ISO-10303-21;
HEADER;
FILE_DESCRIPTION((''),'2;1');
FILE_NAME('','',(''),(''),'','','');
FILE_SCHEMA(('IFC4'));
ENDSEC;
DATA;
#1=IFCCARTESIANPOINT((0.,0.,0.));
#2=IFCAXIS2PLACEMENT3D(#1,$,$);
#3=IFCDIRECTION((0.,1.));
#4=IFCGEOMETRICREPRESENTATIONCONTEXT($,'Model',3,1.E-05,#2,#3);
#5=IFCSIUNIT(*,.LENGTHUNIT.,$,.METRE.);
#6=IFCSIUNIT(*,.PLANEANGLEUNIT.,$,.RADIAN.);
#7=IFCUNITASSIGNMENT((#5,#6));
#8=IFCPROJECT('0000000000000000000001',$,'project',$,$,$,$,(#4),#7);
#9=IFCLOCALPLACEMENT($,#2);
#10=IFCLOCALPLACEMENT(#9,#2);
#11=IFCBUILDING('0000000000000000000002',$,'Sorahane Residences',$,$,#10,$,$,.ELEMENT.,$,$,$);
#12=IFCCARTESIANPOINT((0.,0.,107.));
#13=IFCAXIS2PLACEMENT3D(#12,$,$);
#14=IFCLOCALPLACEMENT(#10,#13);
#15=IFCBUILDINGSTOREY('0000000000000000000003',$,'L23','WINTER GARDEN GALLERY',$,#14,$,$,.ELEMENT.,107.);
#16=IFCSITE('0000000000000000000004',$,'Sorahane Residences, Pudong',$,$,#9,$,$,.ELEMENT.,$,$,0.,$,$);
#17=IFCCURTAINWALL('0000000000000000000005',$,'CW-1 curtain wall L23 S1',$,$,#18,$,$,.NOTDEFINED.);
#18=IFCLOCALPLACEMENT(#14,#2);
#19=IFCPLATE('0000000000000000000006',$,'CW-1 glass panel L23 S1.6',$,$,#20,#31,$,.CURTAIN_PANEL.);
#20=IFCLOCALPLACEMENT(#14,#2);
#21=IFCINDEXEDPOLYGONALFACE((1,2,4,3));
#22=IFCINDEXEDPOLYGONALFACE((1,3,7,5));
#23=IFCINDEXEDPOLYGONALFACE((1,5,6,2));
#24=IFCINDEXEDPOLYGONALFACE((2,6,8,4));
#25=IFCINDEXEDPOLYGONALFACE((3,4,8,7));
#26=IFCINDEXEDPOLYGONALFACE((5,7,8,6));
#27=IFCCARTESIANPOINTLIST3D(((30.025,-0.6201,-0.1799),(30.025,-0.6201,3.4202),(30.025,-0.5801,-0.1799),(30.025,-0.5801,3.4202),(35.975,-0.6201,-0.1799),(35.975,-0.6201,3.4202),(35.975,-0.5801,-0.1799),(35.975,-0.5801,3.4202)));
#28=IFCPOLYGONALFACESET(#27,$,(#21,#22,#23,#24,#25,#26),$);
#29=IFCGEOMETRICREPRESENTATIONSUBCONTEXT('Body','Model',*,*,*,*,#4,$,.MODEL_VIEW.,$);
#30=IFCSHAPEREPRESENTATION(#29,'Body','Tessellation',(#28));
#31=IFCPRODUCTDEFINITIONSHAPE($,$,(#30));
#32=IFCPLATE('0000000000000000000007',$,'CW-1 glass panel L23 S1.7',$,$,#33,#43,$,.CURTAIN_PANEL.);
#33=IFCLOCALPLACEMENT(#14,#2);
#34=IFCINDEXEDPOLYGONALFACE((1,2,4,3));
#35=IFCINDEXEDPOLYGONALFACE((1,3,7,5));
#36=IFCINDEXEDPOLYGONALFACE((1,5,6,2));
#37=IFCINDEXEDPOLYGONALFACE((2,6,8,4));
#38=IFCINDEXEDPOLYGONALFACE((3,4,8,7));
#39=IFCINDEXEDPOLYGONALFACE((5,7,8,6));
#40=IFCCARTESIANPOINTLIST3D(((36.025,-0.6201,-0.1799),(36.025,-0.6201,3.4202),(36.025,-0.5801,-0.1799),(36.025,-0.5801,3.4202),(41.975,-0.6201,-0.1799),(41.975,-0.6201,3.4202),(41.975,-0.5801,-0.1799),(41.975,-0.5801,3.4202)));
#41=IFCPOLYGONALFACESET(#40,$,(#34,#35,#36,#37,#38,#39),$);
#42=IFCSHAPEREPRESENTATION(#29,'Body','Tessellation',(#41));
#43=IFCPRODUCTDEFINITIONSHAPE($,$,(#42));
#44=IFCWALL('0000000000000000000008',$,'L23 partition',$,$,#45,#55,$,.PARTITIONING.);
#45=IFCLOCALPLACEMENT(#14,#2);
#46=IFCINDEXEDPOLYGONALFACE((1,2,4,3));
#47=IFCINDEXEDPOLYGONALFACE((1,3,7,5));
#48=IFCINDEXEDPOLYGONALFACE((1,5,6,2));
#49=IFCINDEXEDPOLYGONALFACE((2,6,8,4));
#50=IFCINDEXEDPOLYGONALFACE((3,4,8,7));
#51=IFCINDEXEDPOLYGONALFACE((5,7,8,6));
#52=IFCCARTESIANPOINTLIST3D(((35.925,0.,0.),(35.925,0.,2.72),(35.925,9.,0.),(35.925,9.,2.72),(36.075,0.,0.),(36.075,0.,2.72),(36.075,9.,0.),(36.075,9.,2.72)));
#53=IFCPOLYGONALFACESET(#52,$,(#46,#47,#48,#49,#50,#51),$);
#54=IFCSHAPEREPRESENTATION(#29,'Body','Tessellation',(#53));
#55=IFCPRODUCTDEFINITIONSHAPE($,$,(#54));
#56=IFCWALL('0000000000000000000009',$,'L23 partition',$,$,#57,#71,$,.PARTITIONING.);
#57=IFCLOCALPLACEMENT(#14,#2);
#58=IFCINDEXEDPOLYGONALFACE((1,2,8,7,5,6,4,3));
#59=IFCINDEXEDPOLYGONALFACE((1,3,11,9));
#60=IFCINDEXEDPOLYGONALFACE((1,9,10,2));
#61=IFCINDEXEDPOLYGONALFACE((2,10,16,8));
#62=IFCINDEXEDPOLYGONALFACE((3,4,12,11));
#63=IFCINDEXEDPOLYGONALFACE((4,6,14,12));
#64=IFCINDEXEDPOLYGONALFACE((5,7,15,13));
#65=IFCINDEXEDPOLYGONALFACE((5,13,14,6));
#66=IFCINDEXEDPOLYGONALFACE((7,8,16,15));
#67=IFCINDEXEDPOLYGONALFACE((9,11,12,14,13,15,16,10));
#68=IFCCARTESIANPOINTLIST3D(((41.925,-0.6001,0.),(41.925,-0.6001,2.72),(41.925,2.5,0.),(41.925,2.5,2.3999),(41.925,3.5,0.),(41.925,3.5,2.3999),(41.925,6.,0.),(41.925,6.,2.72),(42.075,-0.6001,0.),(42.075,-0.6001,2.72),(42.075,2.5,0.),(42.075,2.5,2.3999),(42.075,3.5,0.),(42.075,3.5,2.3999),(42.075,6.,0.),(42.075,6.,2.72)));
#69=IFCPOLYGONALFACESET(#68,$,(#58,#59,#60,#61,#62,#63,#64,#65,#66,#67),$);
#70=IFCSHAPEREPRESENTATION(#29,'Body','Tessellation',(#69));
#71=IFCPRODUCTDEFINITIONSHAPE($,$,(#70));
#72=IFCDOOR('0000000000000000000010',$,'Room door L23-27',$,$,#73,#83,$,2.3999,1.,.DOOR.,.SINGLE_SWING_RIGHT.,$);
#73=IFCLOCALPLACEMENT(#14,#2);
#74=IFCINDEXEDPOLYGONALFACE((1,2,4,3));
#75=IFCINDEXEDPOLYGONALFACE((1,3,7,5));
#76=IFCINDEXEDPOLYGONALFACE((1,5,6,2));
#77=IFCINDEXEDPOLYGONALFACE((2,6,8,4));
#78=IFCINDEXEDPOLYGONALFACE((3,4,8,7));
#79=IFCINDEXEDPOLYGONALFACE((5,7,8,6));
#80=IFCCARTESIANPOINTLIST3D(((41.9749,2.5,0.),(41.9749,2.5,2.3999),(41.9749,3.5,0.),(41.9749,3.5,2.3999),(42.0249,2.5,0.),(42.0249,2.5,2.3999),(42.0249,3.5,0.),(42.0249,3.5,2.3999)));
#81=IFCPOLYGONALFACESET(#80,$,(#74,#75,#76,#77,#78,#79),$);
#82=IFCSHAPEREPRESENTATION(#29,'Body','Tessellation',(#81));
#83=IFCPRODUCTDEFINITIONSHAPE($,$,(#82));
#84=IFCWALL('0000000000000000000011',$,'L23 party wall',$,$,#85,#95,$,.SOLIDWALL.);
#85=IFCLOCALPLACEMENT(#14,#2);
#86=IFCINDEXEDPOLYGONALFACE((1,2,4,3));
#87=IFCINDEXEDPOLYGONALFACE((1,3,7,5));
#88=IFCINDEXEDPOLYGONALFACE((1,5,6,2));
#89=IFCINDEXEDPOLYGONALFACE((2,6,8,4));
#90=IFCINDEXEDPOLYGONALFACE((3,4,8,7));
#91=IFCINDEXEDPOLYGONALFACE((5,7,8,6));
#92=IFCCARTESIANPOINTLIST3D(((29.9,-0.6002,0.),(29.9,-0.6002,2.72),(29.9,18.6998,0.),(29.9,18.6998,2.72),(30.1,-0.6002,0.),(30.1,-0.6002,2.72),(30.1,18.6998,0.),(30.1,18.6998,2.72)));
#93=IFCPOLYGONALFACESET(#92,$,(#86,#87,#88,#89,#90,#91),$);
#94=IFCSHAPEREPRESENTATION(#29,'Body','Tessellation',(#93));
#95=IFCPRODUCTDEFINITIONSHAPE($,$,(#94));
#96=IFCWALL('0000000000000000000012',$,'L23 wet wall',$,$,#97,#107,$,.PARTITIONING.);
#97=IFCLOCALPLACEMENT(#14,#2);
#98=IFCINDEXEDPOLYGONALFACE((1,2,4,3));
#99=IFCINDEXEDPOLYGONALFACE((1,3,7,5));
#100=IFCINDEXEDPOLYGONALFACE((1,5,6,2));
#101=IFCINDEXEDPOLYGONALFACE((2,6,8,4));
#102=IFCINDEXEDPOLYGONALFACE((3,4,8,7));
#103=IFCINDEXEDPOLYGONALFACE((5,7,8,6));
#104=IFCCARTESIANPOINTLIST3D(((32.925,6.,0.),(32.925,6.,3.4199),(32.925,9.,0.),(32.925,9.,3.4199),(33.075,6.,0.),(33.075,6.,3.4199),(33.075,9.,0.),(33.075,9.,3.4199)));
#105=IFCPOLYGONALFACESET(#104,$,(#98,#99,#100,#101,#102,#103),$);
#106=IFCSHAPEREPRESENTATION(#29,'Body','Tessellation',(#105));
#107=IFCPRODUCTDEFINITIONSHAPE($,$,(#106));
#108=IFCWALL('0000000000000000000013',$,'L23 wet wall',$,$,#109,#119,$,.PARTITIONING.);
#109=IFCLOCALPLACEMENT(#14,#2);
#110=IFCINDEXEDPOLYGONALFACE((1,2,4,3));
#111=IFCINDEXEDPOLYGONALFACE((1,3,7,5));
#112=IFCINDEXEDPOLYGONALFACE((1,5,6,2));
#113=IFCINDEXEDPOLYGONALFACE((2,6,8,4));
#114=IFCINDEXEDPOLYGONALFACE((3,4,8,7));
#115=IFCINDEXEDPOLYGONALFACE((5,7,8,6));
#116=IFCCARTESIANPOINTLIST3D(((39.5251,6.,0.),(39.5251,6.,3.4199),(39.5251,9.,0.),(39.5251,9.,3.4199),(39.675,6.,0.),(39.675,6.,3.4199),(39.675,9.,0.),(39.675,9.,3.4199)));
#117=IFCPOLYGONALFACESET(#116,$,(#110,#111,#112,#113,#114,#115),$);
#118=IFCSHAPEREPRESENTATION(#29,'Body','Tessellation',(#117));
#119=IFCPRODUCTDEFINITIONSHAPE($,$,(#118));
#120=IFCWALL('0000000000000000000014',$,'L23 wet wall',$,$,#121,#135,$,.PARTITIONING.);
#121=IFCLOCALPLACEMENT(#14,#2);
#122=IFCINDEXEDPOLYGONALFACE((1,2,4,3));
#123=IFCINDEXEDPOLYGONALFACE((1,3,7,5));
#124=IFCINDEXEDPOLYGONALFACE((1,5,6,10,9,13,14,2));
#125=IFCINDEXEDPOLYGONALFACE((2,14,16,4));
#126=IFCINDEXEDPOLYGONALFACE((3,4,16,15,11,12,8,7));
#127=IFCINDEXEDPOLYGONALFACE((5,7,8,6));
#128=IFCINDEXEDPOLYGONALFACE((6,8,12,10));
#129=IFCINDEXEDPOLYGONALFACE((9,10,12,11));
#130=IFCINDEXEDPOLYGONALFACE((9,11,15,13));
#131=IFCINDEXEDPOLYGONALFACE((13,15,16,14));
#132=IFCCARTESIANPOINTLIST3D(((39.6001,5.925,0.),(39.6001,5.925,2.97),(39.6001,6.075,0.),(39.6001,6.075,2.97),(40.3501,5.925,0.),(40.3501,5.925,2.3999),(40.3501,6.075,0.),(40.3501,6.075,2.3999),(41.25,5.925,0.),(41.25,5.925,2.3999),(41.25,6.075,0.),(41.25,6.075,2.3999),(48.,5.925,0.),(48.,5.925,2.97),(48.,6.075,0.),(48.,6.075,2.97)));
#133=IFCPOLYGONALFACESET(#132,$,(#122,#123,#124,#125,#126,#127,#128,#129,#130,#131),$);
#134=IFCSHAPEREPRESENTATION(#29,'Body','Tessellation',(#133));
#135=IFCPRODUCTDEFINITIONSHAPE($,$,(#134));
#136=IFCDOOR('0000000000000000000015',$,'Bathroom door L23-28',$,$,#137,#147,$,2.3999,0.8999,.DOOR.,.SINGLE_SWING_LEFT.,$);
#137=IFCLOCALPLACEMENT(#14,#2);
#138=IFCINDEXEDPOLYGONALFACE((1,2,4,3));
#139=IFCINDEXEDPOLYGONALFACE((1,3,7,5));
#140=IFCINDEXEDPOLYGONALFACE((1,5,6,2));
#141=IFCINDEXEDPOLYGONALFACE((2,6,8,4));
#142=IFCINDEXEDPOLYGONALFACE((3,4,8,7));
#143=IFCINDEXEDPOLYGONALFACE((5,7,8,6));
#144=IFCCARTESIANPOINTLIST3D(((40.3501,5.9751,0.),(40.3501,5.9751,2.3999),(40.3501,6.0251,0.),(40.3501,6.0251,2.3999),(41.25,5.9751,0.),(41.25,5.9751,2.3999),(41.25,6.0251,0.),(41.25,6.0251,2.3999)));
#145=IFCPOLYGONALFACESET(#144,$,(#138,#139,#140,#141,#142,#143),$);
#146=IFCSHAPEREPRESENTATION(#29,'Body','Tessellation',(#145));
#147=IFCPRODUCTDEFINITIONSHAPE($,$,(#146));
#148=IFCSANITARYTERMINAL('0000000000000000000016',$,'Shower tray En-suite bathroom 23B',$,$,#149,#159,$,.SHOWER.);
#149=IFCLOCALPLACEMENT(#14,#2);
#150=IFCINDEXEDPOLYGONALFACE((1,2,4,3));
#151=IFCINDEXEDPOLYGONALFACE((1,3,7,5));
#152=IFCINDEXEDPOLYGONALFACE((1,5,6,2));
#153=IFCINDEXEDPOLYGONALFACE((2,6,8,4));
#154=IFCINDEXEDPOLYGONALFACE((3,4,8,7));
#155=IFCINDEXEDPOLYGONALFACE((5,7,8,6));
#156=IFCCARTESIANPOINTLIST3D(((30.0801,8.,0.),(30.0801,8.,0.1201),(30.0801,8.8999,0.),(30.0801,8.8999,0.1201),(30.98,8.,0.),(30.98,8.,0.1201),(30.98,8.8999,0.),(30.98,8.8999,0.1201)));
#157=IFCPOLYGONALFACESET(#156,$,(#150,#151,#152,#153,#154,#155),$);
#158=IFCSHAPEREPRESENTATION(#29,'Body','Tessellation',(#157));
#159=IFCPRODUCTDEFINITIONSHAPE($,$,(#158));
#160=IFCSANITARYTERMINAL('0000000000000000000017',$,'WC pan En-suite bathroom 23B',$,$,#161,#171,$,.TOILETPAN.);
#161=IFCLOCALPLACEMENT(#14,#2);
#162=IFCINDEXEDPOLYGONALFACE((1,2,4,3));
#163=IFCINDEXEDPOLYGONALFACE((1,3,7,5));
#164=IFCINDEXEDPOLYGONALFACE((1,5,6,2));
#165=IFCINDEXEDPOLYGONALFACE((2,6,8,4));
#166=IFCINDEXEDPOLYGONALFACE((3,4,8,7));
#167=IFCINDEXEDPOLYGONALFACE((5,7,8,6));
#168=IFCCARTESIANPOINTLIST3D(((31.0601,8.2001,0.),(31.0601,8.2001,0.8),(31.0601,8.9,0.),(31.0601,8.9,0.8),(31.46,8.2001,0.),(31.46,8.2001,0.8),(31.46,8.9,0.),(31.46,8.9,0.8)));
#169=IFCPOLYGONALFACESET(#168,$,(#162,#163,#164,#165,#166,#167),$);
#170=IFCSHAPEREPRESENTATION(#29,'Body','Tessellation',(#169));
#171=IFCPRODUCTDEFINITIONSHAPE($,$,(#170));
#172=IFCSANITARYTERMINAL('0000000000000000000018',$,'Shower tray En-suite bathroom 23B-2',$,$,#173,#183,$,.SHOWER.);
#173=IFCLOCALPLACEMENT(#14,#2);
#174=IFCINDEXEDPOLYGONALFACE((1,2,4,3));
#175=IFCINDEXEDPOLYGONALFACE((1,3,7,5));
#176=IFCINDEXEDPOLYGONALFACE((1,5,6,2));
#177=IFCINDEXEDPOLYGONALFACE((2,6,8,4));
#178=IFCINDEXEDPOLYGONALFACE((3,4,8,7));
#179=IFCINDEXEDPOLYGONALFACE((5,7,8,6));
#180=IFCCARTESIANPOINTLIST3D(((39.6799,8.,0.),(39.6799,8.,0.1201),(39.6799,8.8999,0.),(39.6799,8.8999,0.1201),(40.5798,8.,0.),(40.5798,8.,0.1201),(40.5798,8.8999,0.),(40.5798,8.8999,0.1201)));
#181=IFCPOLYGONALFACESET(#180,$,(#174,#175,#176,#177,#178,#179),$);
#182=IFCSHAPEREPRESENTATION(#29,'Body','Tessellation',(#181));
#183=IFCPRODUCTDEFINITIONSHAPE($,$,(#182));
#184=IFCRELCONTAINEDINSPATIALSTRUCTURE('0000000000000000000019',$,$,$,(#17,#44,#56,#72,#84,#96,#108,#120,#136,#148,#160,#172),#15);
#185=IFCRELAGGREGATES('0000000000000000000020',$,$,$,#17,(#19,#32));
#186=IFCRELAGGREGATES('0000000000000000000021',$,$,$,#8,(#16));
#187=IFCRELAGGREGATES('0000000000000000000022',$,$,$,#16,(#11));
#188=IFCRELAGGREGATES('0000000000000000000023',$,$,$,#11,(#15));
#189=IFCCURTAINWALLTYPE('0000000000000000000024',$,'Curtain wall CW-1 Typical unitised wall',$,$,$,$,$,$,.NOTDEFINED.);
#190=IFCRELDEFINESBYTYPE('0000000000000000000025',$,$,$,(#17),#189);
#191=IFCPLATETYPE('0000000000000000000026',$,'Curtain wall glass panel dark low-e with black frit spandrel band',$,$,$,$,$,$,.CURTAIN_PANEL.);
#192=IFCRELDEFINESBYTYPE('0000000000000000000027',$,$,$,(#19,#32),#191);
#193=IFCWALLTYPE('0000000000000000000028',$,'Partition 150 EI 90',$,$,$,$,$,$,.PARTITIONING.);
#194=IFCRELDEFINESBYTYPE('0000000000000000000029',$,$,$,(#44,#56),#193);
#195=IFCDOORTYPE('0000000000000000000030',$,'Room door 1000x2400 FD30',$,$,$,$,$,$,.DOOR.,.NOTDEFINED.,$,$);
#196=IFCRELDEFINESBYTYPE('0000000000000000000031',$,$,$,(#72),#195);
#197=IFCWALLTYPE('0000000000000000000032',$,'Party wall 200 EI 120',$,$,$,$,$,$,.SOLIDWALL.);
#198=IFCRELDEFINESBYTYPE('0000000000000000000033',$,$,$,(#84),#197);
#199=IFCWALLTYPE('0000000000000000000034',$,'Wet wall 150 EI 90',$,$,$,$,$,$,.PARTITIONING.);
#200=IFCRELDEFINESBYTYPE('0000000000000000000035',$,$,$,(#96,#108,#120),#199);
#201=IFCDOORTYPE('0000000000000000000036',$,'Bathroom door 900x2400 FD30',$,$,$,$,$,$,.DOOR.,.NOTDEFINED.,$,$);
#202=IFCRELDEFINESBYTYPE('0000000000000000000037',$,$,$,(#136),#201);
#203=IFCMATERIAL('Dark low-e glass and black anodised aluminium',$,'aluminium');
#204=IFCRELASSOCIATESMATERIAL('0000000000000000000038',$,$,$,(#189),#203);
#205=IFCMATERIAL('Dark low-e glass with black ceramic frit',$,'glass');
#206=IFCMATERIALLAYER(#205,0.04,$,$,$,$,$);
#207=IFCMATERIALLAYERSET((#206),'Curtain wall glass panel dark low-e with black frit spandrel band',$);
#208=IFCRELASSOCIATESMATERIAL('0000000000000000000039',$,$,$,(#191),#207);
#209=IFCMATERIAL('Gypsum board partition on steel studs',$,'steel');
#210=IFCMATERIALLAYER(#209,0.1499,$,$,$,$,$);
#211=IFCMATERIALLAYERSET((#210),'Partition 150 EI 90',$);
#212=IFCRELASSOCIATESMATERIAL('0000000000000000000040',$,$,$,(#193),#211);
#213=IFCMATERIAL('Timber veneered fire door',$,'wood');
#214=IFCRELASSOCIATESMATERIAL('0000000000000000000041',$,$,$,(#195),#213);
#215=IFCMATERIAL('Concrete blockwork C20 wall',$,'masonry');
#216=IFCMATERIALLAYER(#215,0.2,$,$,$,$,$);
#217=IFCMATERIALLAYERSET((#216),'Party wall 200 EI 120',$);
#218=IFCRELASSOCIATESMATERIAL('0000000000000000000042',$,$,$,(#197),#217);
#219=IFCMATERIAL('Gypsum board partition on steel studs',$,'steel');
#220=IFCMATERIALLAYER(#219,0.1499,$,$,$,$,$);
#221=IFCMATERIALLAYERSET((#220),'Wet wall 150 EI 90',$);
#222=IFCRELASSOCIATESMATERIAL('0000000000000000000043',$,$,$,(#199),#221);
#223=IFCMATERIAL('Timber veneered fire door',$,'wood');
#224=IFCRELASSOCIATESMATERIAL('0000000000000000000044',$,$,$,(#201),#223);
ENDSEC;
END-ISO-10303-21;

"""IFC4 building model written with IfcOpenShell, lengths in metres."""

from ifc_helpers import new_model, si_unit, direction, frame, frame_2d, origin, origin_2d, place, context, subcontext, project, spatial, rectangle, extrude, material, layer, layer_set, type_object, element, fill, aggregate, save


model = new_model("IFC4")

# Units and contexts
model_context = context("Model", 3, precision=1e-05, world=origin(), true_north=direction((0.0, 1.0)))
body_context = subcontext(model_context, "Body", "Model", "MODEL_VIEW")
ifc_project = project(units=[si_unit("LENGTHUNIT", "METRE"), si_unit("PLANEANGLEUNIT", "RADIAN")], contexts=[model_context])

# Site, building, storey
site_placement = place(None, origin())
site = spatial("IfcSite", under=ifc_project, at=site_placement, Name="Sorahane Residences, Pudong", CompositionType="ELEMENT", RefElevation=0.0)
building_placement = place(site_placement, origin())
building = spatial("IfcBuilding", under=site, at=building_placement, Name="Sorahane Residences", CompositionType="ELEMENT")
storey_placement = place(building_placement, frame((0.0, 0.0, 107.0)))
storey = spatial("IfcBuildingStorey", under=building, at=storey_placement, Name="L23", Description="WINTER GARDEN GALLERY", CompositionType="ELEMENT", Elevation=107.0)

# Curtain wall
ifc_material_1 = material(Name="Dark low-e glass and black anodised aluminium", Category="aluminium")
curtain_wall_type = type_object("IfcCurtainWallType", Name="Curtain wall CW-1 Typical unitised wall", PredefinedType="NOTDEFINED", material=ifc_material_1)
curtain_wall_placement = place(storey_placement, origin())
curtain_wall = element("IfcCurtainWall", 1, at=curtain_wall_placement, inside=storey, type_object=curtain_wall_type, Name="CW-1 curtain wall L23 S1", PredefinedType="NOTDEFINED")

# Plates
ifc_material_2 = material(Name="Dark low-e glass with black ceramic frit", Category="glass")
ifc_layer_1 = layer(ifc_material_2, 0.04)
ifc_layer_set_1 = layer_set([ifc_layer_1], Name="Curtain wall glass panel dark low-e with black frit spandrel band")
plate_type = type_object("IfcPlateType", Name="Curtain wall glass panel dark low-e with black frit spandrel band", PredefinedType="CURTAIN_PANEL", material=ifc_layer_set_1)
plate_1_placement = place(storey_placement, frame((33.0, -0.6001, -0.1799), z_axis=(0.0, 0.0, 1.0), x_axis=(1.0, 0.0, 0.0)))
plate_1 = element("IfcPlate", 2, at=plate_1_placement, type_object=plate_type, Name="CW-1 glass panel L23 S1.6", PredefinedType="CURTAIN_PANEL", context=body_context, shape_type="SweptSolid", body=[
    extrude(rectangle(XDim=5.95, YDim=0.04, at=origin_2d()), origin(), (0.0, 0.0, 1.0), 3.6001),
])
plate_2_placement = place(storey_placement, frame((39.0, -0.6001, -0.1799), z_axis=(0.0, 0.0, 1.0), x_axis=(1.0, 0.0, 0.0)))
plate_2 = element("IfcPlate", 3, at=plate_2_placement, type_object=plate_type, Name="CW-1 glass panel L23 S1.7", PredefinedType="CURTAIN_PANEL", context=body_context, shape_type="SweptSolid", body=[
    extrude(rectangle(XDim=5.95, YDim=0.04, at=origin_2d()), origin(), (0.0, 0.0, 1.0), 3.6001),
])
aggregate(curtain_wall, [plate_1, plate_2])

# Wall
ifc_material_3 = material(Name="Gypsum board partition on steel studs", Category="steel")
ifc_layer_2 = layer(ifc_material_3, 0.1499)
ifc_layer_set_2 = layer_set([ifc_layer_2], Name="Partition 150 EI 90")
wall_type_1 = type_object("IfcWallType", Name="Partition 150 EI 90", PredefinedType="PARTITIONING", material=ifc_layer_set_2)
wall_1_placement = place(storey_placement, frame((36.0, 0.0, 0.0), z_axis=(0.0, 0.0, 1.0), x_axis=(0.0, 1.0, 0.0)))
element("IfcWall", 4, at=wall_1_placement, inside=storey, type_object=wall_type_1, Name="L23 partition", PredefinedType="PARTITIONING", context=body_context, shape_type="SweptSolid", body=[
    extrude(rectangle(XDim=9.0, YDim=0.1499, at=frame_2d((4.5, 0.0))), origin(), (0.0, 0.0, 1.0), 2.72),
])

# Wall, opening, door
wall_2_placement = place(storey_placement, frame((42.0, -0.6001, 0.0), z_axis=(0.0, 0.0, 1.0), x_axis=(0.0, 1.0, 0.0)))
wall_2 = element("IfcWall", 5, at=wall_2_placement, inside=storey, type_object=wall_type_1, Name="L23 partition", PredefinedType="PARTITIONING", context=body_context, shape_type="SweptSolid", body=[
    extrude(rectangle(XDim=6.6001, YDim=0.1499, at=frame_2d((3.3, 0.0))), origin(), (0.0, 0.0, 1.0), 2.72),
])
opening_1_placement = place(wall_2_placement, frame((3.1001, 0.0, 0.0)))
opening_1 = element("IfcOpeningElement", 6, at=opening_1_placement, cuts=wall_2, PredefinedType="OPENING", context=body_context, shape_type="SweptSolid", body=[
    extrude(rectangle(XDim=1.0, YDim=2.3999, at=frame_2d((0.5, 1.2))), frame((0.0, 0.085, 0.0), z_axis=(0.0, -1.0, 0.0), x_axis=(1.0, 0.0, 0.0)), (0.0, 0.0, 1.0), 0.1699),
])
ifc_material_4 = material(Name="Timber veneered fire door", Category="wood")
door_type_1 = type_object("IfcDoorType", Name="Room door 1000x2400 FD30", OperationType="NOTDEFINED", PredefinedType="DOOR", material=ifc_material_4)
door_1_placement = place(opening_1_placement, frame((1.0, 0.0, 0.0), z_axis=(0.0, 0.0, 1.0), x_axis=(-1.0, 0.0, 0.0)))
door_1 = element("IfcDoor", 7, at=door_1_placement, inside=storey, type_object=door_type_1, Name="Room door L23-27", OperationType="SINGLE_SWING_RIGHT", OverallHeight=2.3999, OverallWidth=1.0, PredefinedType="DOOR", context=body_context, shape_type="SweptSolid", body=[
    extrude(rectangle(XDim=1.0, YDim=2.3999, at=frame_2d((0.5, 1.2))), frame((0.0, 0.0249, 0.0), z_axis=(0.0, -1.0, 0.0), x_axis=(1.0, 0.0, 0.0)), (0.0, 0.0, 1.0), 0.05),
])
fill(opening_1, door_1)

# Walls
ifc_material_5 = material(Name="Concrete blockwork C20 wall", Category="masonry")
ifc_layer_3 = layer(ifc_material_5, 0.2)
ifc_layer_set_3 = layer_set([ifc_layer_3], Name="Party wall 200 EI 120")
wall_type_2 = type_object("IfcWallType", Name="Party wall 200 EI 120", PredefinedType="SOLIDWALL", material=ifc_layer_set_3)
wall_3_placement = place(storey_placement, frame((30.0, -0.6001, 0.0), z_axis=(0.0, 0.0, 1.0), x_axis=(0.0, 1.0, 0.0)))
element("IfcWall", 8, at=wall_3_placement, inside=storey, type_object=wall_type_2, Name="L23 party wall", PredefinedType="SOLIDWALL", context=body_context, shape_type="SweptSolid", body=[
    extrude(rectangle(XDim=19.3, YDim=0.2, at=frame_2d((9.6499, 0.0))), origin(), (0.0, 0.0, 1.0), 2.72),
])
ifc_material_6 = material(Name="Gypsum board partition on steel studs", Category="steel")
ifc_layer_4 = layer(ifc_material_6, 0.1499)
ifc_layer_set_4 = layer_set([ifc_layer_4], Name="Wet wall 150 EI 90")
wall_type_3 = type_object("IfcWallType", Name="Wet wall 150 EI 90", PredefinedType="PARTITIONING", material=ifc_layer_set_4)
for number, where, z_axis, x_axis, name in (
    (9, (33.0, 6.0, 0.0), (0.0, 0.0, 1.0), (0.0, 1.0, 0.0), "L23 wet wall"),
    (10, (39.6001, 6.0, 0.0), (0.0, 0.0, 1.0), (0.0, 1.0, 0.0), "L23 wet wall"),
):
    element("IfcWall", number, at=place(storey_placement, frame(where, z_axis=z_axis, x_axis=x_axis)), inside=storey, type_object=wall_type_3, Name=name, PredefinedType="PARTITIONING", context=body_context, shape_type="SweptSolid", body=[
        extrude(rectangle(XDim=3.0, YDim=0.1499, at=frame_2d((1.5, 0.0))), origin(), (0.0, 0.0, 1.0), 3.4199),
    ])

# Wall, opening, door
ifc_material_7 = material(Name="Timber veneered fire door", Category="wood")
door_type_2 = type_object("IfcDoorType", Name="Bathroom door 900x2400 FD30", OperationType="NOTDEFINED", PredefinedType="DOOR", material=ifc_material_7)
wall_4_placement = place(storey_placement, frame((39.6001, 6.0, 0.0), z_axis=(0.0, 0.0, 1.0), x_axis=(1.0, 0.0, 0.0)))
wall_4 = element("IfcWall", 11, at=wall_4_placement, inside=storey, type_object=wall_type_3, Name="L23 wet wall", PredefinedType="PARTITIONING", context=body_context, shape_type="SweptSolid", body=[
    extrude(rectangle(XDim=8.3999, YDim=0.1499, at=frame_2d((4.2, 0.0))), origin(), (0.0, 0.0, 1.0), 2.97),
])
opening_2_placement = place(wall_4_placement, frame((0.75, 0.0, 0.0)))
opening_2 = element("IfcOpeningElement", 12, at=opening_2_placement, cuts=wall_4, PredefinedType="OPENING", context=body_context, shape_type="SweptSolid", body=[
    extrude(rectangle(XDim=0.8999, YDim=2.3999, at=frame_2d((0.45, 1.2))), frame((0.0, 0.085, 0.0), z_axis=(0.0, -1.0, 0.0), x_axis=(1.0, 0.0, 0.0)), (0.0, 0.0, 1.0), 0.1699),
])
door_2_placement = place(opening_2_placement, frame((0.8999, 0.0, 0.0), z_axis=(0.0, 0.0, 1.0), x_axis=(-1.0, 0.0, 0.0)))
door_2 = element("IfcDoor", 13, at=door_2_placement, inside=storey, type_object=door_type_2, Name="Bathroom door L23-28", OperationType="SINGLE_SWING_LEFT", OverallHeight=2.3999, OverallWidth=0.8999, PredefinedType="DOOR", context=body_context, shape_type="SweptSolid", body=[
    extrude(rectangle(XDim=0.8999, YDim=2.3999, at=frame_2d((0.45, 1.2))), frame((0.0, 0.0249, 0.0), z_axis=(0.0, -1.0, 0.0), x_axis=(1.0, 0.0, 0.0)), (0.0, 0.0, 1.0), 0.05),
])
fill(opening_2, door_2)

# Sanitary terminals
sanitary_terminal_1_placement = place(storey_placement, frame((30.53, 8.45, 0.0), z_axis=(0.0, 0.0, 1.0), x_axis=(1.0, 0.0, 0.0)))
element("IfcSanitaryTerminal", 14, at=sanitary_terminal_1_placement, inside=storey, Name="Shower tray En-suite bathroom 23B", PredefinedType="SHOWER", context=body_context, shape_type="SweptSolid", body=[
    extrude(rectangle(XDim=0.8999, YDim=0.8999, at=origin_2d()), origin(), (0.0, 0.0, 1.0), 0.1201),
])
sanitary_terminal_2_placement = place(storey_placement, frame((31.26, 8.55, 0.0), z_axis=(0.0, 0.0, 1.0), x_axis=(1.0, 0.0, 0.0)))
element("IfcSanitaryTerminal", 15, at=sanitary_terminal_2_placement, inside=storey, Name="WC pan En-suite bathroom 23B", PredefinedType="TOILETPAN", context=body_context, shape_type="SweptSolid", body=[
    extrude(rectangle(XDim=0.3999, YDim=0.7, at=origin_2d()), origin(), (0.0, 0.0, 1.0), 0.8),
])
sanitary_terminal_3_placement = place(storey_placement, frame((40.1299, 8.45, 0.0), z_axis=(0.0, 0.0, 1.0), x_axis=(1.0, 0.0, 0.0)))
element("IfcSanitaryTerminal", 16, at=sanitary_terminal_3_placement, inside=storey, Name="Shower tray En-suite bathroom 23B-2", PredefinedType="SHOWER", context=body_context, shape_type="SweptSolid", body=[
    extrude(rectangle(XDim=0.8999, YDim=0.8999, at=origin_2d()), origin(), (0.0, 0.0, 1.0), 0.1201),
])

save(model, "model.ifc")
